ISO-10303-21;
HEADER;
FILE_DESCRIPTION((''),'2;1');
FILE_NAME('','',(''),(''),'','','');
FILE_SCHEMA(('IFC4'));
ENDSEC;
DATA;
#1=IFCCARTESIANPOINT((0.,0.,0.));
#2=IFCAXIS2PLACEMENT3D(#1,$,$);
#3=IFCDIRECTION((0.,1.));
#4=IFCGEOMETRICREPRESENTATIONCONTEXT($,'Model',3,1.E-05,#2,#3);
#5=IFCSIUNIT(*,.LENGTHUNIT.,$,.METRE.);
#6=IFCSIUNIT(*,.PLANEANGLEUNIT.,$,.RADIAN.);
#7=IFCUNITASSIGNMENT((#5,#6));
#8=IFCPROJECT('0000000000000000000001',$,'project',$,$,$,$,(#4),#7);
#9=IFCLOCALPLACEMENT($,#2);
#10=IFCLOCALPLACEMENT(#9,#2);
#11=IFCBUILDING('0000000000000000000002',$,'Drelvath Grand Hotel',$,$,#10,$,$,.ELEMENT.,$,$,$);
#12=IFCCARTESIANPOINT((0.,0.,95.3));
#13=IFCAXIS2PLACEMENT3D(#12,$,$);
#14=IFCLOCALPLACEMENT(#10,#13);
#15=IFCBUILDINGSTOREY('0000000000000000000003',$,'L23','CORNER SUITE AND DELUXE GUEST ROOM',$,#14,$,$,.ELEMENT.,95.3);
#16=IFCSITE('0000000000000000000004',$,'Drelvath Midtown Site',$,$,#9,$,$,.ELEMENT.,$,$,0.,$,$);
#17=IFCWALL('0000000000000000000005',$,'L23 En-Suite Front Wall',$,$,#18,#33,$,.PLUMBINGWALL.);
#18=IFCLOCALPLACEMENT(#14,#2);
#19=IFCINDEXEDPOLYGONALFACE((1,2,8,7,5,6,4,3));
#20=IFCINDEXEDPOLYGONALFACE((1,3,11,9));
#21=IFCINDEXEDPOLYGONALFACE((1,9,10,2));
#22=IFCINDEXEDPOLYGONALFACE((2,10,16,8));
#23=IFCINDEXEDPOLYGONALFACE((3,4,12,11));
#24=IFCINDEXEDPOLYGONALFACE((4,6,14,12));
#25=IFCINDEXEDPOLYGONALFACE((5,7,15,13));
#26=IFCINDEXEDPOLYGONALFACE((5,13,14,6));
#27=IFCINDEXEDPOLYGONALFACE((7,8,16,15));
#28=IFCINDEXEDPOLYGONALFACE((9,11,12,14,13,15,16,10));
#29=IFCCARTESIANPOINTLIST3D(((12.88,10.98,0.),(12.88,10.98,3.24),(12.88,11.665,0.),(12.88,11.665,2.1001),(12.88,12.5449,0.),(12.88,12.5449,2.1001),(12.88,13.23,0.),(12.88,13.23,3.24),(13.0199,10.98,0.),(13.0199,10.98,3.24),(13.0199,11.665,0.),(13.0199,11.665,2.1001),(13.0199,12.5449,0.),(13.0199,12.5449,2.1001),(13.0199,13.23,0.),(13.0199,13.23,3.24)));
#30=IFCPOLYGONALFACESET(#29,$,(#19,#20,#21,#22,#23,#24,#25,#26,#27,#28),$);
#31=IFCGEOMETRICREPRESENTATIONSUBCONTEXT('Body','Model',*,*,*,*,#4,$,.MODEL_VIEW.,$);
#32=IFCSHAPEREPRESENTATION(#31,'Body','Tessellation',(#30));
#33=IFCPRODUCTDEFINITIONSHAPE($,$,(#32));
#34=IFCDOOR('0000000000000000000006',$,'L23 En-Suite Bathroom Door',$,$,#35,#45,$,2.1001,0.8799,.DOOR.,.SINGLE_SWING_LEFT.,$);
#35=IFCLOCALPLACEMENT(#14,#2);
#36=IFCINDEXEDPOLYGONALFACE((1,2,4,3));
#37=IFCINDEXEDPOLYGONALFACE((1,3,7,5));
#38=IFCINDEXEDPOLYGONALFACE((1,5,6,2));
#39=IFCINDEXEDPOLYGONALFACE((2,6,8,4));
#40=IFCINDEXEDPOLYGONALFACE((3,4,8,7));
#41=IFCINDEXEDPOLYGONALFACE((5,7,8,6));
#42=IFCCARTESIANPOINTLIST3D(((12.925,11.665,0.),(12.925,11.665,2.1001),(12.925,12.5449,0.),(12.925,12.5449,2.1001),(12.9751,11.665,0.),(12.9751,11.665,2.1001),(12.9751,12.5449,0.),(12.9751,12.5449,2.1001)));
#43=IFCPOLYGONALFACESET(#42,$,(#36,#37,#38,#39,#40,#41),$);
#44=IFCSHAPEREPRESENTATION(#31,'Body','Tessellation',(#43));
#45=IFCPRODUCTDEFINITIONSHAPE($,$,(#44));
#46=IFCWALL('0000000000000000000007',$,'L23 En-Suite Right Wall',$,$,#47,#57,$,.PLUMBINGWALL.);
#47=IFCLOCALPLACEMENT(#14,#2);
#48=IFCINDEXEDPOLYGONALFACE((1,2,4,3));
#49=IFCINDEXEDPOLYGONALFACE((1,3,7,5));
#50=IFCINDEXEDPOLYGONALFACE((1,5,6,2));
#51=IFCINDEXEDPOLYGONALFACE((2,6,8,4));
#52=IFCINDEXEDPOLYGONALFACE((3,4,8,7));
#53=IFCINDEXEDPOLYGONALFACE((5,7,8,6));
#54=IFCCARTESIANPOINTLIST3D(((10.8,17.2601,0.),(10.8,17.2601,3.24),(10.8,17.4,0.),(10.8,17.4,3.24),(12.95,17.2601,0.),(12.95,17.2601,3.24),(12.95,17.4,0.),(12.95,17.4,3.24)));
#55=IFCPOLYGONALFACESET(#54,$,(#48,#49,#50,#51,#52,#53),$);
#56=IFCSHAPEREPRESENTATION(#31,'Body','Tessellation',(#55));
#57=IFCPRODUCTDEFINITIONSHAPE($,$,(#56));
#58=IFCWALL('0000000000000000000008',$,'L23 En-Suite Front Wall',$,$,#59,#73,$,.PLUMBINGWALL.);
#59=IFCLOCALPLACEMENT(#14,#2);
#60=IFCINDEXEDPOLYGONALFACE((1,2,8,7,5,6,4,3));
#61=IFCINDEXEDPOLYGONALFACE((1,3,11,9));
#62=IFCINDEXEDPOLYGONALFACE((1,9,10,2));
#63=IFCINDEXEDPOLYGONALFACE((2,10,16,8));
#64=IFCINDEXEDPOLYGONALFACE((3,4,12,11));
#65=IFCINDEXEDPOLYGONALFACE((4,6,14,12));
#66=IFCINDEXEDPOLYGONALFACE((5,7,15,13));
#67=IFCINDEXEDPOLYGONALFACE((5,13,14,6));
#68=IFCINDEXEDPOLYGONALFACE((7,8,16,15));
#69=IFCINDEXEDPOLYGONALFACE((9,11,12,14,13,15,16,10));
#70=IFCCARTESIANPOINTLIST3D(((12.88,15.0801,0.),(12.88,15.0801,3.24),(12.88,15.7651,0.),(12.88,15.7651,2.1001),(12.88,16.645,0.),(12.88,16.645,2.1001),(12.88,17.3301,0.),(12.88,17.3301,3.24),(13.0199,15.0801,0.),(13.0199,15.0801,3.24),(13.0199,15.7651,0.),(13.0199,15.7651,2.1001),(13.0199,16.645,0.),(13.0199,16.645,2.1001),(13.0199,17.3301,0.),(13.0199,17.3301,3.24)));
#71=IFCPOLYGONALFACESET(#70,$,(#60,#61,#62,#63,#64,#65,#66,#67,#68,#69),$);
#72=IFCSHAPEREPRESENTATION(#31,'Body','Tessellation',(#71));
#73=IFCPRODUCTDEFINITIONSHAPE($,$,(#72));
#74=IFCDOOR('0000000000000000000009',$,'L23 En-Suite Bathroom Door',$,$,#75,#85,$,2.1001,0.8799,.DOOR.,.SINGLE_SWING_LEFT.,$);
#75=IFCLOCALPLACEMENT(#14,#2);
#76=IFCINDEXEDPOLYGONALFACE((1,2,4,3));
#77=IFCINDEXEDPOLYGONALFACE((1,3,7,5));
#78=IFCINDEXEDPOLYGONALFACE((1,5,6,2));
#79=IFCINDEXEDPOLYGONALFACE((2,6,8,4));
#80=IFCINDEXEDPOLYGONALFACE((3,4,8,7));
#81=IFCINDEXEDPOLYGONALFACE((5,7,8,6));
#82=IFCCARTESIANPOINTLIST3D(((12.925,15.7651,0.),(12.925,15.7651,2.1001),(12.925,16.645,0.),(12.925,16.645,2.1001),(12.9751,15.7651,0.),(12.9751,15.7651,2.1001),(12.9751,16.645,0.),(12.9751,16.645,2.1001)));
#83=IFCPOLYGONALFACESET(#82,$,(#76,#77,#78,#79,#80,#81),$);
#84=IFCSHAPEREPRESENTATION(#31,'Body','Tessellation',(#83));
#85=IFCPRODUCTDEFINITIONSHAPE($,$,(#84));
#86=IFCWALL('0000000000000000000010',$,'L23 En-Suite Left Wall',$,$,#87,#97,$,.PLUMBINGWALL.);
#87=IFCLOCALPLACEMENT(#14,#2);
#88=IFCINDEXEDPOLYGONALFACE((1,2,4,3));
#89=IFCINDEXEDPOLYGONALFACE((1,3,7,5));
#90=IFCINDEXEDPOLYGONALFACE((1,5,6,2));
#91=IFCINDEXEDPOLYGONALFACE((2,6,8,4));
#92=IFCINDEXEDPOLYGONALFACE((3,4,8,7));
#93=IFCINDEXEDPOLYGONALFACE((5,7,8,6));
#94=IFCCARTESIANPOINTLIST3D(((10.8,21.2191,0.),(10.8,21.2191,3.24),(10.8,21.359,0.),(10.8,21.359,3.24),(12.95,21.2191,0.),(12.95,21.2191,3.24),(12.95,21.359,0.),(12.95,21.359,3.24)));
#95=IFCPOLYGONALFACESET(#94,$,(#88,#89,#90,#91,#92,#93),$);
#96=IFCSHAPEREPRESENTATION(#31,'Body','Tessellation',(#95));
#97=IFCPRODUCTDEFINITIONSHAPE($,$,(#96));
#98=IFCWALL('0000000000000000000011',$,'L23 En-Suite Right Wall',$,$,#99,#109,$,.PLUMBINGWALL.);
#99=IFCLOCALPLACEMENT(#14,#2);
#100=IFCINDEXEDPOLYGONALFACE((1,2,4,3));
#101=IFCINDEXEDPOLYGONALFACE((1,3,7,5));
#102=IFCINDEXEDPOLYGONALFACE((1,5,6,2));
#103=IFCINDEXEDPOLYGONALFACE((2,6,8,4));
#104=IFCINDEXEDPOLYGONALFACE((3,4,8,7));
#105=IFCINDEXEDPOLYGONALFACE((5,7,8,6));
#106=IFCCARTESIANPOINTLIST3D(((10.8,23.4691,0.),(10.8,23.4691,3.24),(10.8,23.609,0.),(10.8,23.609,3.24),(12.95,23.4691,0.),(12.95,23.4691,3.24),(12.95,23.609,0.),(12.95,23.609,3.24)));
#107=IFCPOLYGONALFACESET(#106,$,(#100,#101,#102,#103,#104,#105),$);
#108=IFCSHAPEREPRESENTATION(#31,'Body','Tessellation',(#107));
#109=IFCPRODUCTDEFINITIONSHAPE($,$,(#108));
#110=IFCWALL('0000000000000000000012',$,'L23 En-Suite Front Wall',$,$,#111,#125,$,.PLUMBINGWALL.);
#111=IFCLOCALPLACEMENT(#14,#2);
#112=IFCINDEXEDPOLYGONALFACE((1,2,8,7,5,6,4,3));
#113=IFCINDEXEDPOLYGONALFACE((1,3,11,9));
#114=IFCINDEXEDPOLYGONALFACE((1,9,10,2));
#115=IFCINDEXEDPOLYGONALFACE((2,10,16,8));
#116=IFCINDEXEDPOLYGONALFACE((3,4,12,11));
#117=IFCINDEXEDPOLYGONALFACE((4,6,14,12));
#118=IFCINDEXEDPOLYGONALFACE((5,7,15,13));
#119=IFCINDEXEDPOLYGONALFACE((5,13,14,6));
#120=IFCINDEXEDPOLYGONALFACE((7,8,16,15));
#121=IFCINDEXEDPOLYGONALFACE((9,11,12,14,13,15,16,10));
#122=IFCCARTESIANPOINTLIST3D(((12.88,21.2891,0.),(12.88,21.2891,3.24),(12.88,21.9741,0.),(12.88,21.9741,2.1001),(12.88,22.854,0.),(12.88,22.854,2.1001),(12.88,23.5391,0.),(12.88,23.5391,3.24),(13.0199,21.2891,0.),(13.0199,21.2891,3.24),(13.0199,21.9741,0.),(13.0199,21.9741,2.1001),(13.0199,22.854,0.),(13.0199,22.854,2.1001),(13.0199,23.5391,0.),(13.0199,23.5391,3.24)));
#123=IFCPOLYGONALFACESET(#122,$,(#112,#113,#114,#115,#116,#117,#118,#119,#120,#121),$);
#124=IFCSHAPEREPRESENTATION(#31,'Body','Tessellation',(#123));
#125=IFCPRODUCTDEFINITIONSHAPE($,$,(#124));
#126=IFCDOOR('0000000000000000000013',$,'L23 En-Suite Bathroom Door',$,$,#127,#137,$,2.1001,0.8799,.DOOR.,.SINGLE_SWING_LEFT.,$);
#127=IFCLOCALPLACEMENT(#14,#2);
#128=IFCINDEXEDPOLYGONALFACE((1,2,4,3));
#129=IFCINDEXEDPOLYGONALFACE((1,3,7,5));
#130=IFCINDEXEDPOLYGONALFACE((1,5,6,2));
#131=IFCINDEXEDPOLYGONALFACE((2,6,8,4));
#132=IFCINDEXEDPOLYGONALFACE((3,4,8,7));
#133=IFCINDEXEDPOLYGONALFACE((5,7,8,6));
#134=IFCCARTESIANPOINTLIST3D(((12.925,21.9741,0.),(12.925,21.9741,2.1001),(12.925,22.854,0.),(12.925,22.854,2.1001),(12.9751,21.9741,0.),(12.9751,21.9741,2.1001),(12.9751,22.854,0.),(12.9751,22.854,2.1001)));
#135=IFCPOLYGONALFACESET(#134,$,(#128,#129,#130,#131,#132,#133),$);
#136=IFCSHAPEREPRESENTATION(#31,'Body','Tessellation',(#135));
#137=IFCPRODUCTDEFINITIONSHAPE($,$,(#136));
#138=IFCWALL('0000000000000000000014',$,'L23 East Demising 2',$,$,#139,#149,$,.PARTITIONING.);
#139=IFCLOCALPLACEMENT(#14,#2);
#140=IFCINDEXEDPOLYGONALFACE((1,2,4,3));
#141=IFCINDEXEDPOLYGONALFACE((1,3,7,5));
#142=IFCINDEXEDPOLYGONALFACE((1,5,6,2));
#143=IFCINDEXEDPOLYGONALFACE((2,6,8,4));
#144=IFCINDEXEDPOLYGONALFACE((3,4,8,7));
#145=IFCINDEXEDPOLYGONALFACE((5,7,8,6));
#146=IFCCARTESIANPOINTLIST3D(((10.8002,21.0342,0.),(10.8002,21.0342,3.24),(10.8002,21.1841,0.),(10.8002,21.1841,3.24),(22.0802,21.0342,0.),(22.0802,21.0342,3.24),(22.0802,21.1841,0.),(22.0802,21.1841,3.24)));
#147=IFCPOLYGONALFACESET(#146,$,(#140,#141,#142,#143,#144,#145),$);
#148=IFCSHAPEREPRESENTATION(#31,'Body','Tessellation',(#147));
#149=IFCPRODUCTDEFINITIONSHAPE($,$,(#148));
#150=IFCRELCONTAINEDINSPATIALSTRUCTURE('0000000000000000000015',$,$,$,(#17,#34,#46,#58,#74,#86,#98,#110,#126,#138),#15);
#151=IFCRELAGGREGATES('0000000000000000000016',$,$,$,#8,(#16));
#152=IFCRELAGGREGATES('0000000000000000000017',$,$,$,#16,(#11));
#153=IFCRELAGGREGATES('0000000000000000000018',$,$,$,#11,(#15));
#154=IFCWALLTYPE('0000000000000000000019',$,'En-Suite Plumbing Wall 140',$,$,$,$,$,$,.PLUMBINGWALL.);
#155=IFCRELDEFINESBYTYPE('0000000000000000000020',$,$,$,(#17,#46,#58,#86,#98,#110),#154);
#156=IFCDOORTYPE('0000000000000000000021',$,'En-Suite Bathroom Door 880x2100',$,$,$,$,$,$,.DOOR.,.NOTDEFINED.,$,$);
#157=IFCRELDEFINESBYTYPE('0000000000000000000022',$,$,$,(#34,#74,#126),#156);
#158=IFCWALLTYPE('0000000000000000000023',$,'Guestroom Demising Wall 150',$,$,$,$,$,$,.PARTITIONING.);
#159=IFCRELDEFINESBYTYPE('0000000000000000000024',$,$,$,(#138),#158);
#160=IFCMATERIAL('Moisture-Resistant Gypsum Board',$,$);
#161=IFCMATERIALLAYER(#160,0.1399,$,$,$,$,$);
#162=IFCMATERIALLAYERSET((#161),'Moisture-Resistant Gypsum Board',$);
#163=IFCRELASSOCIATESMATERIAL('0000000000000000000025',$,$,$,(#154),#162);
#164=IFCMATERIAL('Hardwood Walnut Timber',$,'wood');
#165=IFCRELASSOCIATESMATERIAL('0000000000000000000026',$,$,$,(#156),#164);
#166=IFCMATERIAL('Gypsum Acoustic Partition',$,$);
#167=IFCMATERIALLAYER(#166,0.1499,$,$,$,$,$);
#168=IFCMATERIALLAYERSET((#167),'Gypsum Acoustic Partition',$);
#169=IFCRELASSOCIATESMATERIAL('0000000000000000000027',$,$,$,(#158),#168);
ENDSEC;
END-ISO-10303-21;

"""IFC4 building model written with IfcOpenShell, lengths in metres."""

from ifc_helpers import new_model, si_unit, direction, frame, frame_2d, origin, place, context, subcontext, project, spatial, rectangle, extrude, material, layer, layer_set, type_object, element, fill, save


model = new_model("IFC4")

# Units and contexts
model_context = context("Model", 3, precision=1e-05, world=origin(), true_north=direction((0.0, 1.0)))
body_context = subcontext(model_context, "Body", "Model", "MODEL_VIEW")
ifc_project = project(units=[si_unit("LENGTHUNIT", "METRE"), si_unit("PLANEANGLEUNIT", "RADIAN")], contexts=[model_context])

# Site, building, storey
site_placement = place(None, origin())
site = spatial("IfcSite", under=ifc_project, at=site_placement, Name="Drelvath Midtown Site", CompositionType="ELEMENT", RefElevation=0.0)
building_placement = place(site_placement, origin())
building = spatial("IfcBuilding", under=site, at=building_placement, Name="Drelvath Grand Hotel", CompositionType="ELEMENT")
storey_placement = place(building_placement, frame((0.0, 0.0, 95.3)))
storey = spatial("IfcBuildingStorey", under=building, at=storey_placement, Name="L23", Description="CORNER SUITE AND DELUXE GUEST ROOM", CompositionType="ELEMENT", Elevation=95.3)

# Wall, opening, door
ifc_material_1 = material(Name="Moisture-Resistant Gypsum Board")
ifc_layer_1 = layer(ifc_material_1, 0.1399)
ifc_layer_set_1 = layer_set([ifc_layer_1], Name="Moisture-Resistant Gypsum Board")
wall_type_1 = type_object("IfcWallType", Name="En-Suite Plumbing Wall 140", PredefinedType="PLUMBINGWALL", material=ifc_layer_set_1)
wall_1_placement = place(storey_placement, frame((12.95, 10.98, 0.0), z_axis=(0.0, 0.0, 1.0), x_axis=(0.0, 1.0, 0.0)))
wall_1 = element("IfcWall", 1, at=wall_1_placement, inside=storey, type_object=wall_type_1, Name="L23 En-Suite Front Wall", PredefinedType="PLUMBINGWALL", context=body_context, shape_type="SweptSolid", body=[
    extrude(rectangle(XDim=2.25, YDim=0.1399, at=frame_2d((1.125, 0.0))), origin(), (0.0, 0.0, 1.0), 3.24),
])
opening_1_placement = place(wall_1_placement, frame((0.6851, 0.0, 0.0)))
opening_1 = element("IfcOpeningElement", 2, at=opening_1_placement, cuts=wall_1, PredefinedType="OPENING", context=body_context, shape_type="SweptSolid", body=[
    extrude(rectangle(XDim=0.8799, YDim=2.1001, at=frame_2d((0.4399, 1.05))), frame((0.0, 0.0798, 0.0), z_axis=(0.0, -1.0, 0.0), x_axis=(1.0, 0.0, 0.0)), (0.0, 0.0, 1.0), 0.1599),
])
ifc_material_2 = material(Name="Hardwood Walnut Timber", Category="wood")
door_type_1 = type_object("IfcDoorType", Name="En-Suite Bathroom Door 880x2100", OperationType="NOTDEFINED", PredefinedType="DOOR", material=ifc_material_2)
door_1_placement = place(opening_1_placement, origin())
door_1 = element("IfcDoor", 3, at=door_1_placement, inside=storey, type_object=door_type_1, Name="L23 En-Suite Bathroom Door", OperationType="SINGLE_SWING_LEFT", OverallHeight=2.1001, OverallWidth=0.8799, PredefinedType="DOOR", context=body_context, shape_type="SweptSolid", body=[
    extrude(rectangle(XDim=0.8799, YDim=2.1001, at=frame_2d((0.4399, 1.05))), frame((0.0, 0.0249, 0.0), z_axis=(0.0, -1.0, 0.0), x_axis=(1.0, 0.0, 0.0)), (0.0, 0.0, 1.0), 0.05),
])
fill(opening_1, door_1)

# Wall
wall_2_placement = place(storey_placement, frame((10.8, 17.3301, 0.0), z_axis=(0.0, 0.0, 1.0), x_axis=(1.0, 0.0, 0.0)))
element("IfcWall", 4, at=wall_2_placement, inside=storey, type_object=wall_type_1, Name="L23 En-Suite Right Wall", PredefinedType="PLUMBINGWALL", context=body_context, shape_type="SweptSolid", body=[
    extrude(rectangle(XDim=2.1499, YDim=0.1399, at=frame_2d((1.075, 0.0))), origin(), (0.0, 0.0, 1.0), 3.24),
])

# Wall, opening, door
wall_3_placement = place(storey_placement, frame((12.95, 15.0801, 0.0), z_axis=(0.0, 0.0, 1.0), x_axis=(0.0, 1.0, 0.0)))
wall_3 = element("IfcWall", 5, at=wall_3_placement, inside=storey, type_object=wall_type_1, Name="L23 En-Suite Front Wall", PredefinedType="PLUMBINGWALL", context=body_context, shape_type="SweptSolid", body=[
    extrude(rectangle(XDim=2.25, YDim=0.1399, at=frame_2d((1.125, 0.0))), origin(), (0.0, 0.0, 1.0), 3.24),
])
opening_2_placement = place(wall_3_placement, frame((0.6851, 0.0, 0.0)))
opening_2 = element("IfcOpeningElement", 6, at=opening_2_placement, cuts=wall_3, PredefinedType="OPENING", context=body_context, shape_type="SweptSolid", body=[
    extrude(rectangle(XDim=0.8799, YDim=2.1001, at=frame_2d((0.4399, 1.05))), frame((0.0, 0.0798, 0.0), z_axis=(0.0, -1.0, 0.0), x_axis=(1.0, 0.0, 0.0)), (0.0, 0.0, 1.0), 0.1599),
])
door_2_placement = place(opening_2_placement, origin())
door_2 = element("IfcDoor", 7, at=door_2_placement, inside=storey, type_object=door_type_1, Name="L23 En-Suite Bathroom Door", OperationType="SINGLE_SWING_LEFT", OverallHeight=2.1001, OverallWidth=0.8799, PredefinedType="DOOR", context=body_context, shape_type="SweptSolid", body=[
    extrude(rectangle(XDim=0.8799, YDim=2.1001, at=frame_2d((0.4399, 1.05))), frame((0.0, 0.0249, 0.0), z_axis=(0.0, -1.0, 0.0), x_axis=(1.0, 0.0, 0.0)), (0.0, 0.0, 1.0), 0.05),
])
fill(opening_2, door_2)

# Walls
for number, where, z_axis, x_axis, name in (
    (8, (10.8, 21.2891, 0.0), (0.0, 0.0, 1.0), (1.0, 0.0, 0.0), "L23 En-Suite Left Wall"),
    (9, (10.8, 23.5391, 0.0), (0.0, 0.0, 1.0), (1.0, 0.0, 0.0), "L23 En-Suite Right Wall"),
):
    element("IfcWall", number, at=place(storey_placement, frame(where, z_axis=z_axis, x_axis=x_axis)), inside=storey, type_object=wall_type_1, Name=name, PredefinedType="PLUMBINGWALL", context=body_context, shape_type="SweptSolid", body=[
        extrude(rectangle(XDim=2.1499, YDim=0.1399, at=frame_2d((1.075, 0.0))), origin(), (0.0, 0.0, 1.0), 3.24),
    ])

# Wall, opening, door
wall_4_placement = place(storey_placement, frame((12.95, 21.2891, 0.0), z_axis=(0.0, 0.0, 1.0), x_axis=(0.0, 1.0, 0.0)))
wall_4 = element("IfcWall", 10, at=wall_4_placement, inside=storey, type_object=wall_type_1, Name="L23 En-Suite Front Wall", PredefinedType="PLUMBINGWALL", context=body_context, shape_type="SweptSolid", body=[
    extrude(rectangle(XDim=2.25, YDim=0.1399, at=frame_2d((1.125, 0.0))), origin(), (0.0, 0.0, 1.0), 3.24),
])
opening_3_placement = place(wall_4_placement, frame((0.6851, 0.0, 0.0)))
opening_3 = element("IfcOpeningElement", 11, at=opening_3_placement, cuts=wall_4, PredefinedType="OPENING", context=body_context, shape_type="SweptSolid", body=[
    extrude(rectangle(XDim=0.8799, YDim=2.1001, at=frame_2d((0.4399, 1.05))), frame((0.0, 0.0798, 0.0), z_axis=(0.0, -1.0, 0.0), x_axis=(1.0, 0.0, 0.0)), (0.0, 0.0, 1.0), 0.1599),
])
door_3_placement = place(opening_3_placement, origin())
door_3 = element("IfcDoor", 12, at=door_3_placement, inside=storey, type_object=door_type_1, Name="L23 En-Suite Bathroom Door", OperationType="SINGLE_SWING_LEFT", OverallHeight=2.1001, OverallWidth=0.8799, PredefinedType="DOOR", context=body_context, shape_type="SweptSolid", body=[
    extrude(rectangle(XDim=0.8799, YDim=2.1001, at=frame_2d((0.4399, 1.05))), frame((0.0, 0.0249, 0.0), z_axis=(0.0, -1.0, 0.0), x_axis=(1.0, 0.0, 0.0)), (0.0, 0.0, 1.0), 0.05),
])
fill(opening_3, door_3)

# Wall
ifc_material_3 = material(Name="Gypsum Acoustic Partition")
ifc_layer_2 = layer(ifc_material_3, 0.1499)
ifc_layer_set_2 = layer_set([ifc_layer_2], Name="Gypsum Acoustic Partition")
wall_type_2 = type_object("IfcWallType", Name="Guestroom Demising Wall 150", PredefinedType="PARTITIONING", material=ifc_layer_set_2)
wall_5_placement = place(storey_placement, frame((10.8, 21.1091, 0.0), z_axis=(0.0, 0.0, 1.0), x_axis=(1.0, 0.0, 0.0)))
element("IfcWall", 13, at=wall_5_placement, inside=storey, type_object=wall_type_2, Name="L23 East Demising 2", PredefinedType="PARTITIONING", context=body_context, shape_type="SweptSolid", body=[
    extrude(rectangle(XDim=11.28, YDim=0.1499, at=frame_2d((5.6401, 0.0))), origin(), (0.0, 0.0, 1.0), 3.24),
])

save(model, "model.ifc")
